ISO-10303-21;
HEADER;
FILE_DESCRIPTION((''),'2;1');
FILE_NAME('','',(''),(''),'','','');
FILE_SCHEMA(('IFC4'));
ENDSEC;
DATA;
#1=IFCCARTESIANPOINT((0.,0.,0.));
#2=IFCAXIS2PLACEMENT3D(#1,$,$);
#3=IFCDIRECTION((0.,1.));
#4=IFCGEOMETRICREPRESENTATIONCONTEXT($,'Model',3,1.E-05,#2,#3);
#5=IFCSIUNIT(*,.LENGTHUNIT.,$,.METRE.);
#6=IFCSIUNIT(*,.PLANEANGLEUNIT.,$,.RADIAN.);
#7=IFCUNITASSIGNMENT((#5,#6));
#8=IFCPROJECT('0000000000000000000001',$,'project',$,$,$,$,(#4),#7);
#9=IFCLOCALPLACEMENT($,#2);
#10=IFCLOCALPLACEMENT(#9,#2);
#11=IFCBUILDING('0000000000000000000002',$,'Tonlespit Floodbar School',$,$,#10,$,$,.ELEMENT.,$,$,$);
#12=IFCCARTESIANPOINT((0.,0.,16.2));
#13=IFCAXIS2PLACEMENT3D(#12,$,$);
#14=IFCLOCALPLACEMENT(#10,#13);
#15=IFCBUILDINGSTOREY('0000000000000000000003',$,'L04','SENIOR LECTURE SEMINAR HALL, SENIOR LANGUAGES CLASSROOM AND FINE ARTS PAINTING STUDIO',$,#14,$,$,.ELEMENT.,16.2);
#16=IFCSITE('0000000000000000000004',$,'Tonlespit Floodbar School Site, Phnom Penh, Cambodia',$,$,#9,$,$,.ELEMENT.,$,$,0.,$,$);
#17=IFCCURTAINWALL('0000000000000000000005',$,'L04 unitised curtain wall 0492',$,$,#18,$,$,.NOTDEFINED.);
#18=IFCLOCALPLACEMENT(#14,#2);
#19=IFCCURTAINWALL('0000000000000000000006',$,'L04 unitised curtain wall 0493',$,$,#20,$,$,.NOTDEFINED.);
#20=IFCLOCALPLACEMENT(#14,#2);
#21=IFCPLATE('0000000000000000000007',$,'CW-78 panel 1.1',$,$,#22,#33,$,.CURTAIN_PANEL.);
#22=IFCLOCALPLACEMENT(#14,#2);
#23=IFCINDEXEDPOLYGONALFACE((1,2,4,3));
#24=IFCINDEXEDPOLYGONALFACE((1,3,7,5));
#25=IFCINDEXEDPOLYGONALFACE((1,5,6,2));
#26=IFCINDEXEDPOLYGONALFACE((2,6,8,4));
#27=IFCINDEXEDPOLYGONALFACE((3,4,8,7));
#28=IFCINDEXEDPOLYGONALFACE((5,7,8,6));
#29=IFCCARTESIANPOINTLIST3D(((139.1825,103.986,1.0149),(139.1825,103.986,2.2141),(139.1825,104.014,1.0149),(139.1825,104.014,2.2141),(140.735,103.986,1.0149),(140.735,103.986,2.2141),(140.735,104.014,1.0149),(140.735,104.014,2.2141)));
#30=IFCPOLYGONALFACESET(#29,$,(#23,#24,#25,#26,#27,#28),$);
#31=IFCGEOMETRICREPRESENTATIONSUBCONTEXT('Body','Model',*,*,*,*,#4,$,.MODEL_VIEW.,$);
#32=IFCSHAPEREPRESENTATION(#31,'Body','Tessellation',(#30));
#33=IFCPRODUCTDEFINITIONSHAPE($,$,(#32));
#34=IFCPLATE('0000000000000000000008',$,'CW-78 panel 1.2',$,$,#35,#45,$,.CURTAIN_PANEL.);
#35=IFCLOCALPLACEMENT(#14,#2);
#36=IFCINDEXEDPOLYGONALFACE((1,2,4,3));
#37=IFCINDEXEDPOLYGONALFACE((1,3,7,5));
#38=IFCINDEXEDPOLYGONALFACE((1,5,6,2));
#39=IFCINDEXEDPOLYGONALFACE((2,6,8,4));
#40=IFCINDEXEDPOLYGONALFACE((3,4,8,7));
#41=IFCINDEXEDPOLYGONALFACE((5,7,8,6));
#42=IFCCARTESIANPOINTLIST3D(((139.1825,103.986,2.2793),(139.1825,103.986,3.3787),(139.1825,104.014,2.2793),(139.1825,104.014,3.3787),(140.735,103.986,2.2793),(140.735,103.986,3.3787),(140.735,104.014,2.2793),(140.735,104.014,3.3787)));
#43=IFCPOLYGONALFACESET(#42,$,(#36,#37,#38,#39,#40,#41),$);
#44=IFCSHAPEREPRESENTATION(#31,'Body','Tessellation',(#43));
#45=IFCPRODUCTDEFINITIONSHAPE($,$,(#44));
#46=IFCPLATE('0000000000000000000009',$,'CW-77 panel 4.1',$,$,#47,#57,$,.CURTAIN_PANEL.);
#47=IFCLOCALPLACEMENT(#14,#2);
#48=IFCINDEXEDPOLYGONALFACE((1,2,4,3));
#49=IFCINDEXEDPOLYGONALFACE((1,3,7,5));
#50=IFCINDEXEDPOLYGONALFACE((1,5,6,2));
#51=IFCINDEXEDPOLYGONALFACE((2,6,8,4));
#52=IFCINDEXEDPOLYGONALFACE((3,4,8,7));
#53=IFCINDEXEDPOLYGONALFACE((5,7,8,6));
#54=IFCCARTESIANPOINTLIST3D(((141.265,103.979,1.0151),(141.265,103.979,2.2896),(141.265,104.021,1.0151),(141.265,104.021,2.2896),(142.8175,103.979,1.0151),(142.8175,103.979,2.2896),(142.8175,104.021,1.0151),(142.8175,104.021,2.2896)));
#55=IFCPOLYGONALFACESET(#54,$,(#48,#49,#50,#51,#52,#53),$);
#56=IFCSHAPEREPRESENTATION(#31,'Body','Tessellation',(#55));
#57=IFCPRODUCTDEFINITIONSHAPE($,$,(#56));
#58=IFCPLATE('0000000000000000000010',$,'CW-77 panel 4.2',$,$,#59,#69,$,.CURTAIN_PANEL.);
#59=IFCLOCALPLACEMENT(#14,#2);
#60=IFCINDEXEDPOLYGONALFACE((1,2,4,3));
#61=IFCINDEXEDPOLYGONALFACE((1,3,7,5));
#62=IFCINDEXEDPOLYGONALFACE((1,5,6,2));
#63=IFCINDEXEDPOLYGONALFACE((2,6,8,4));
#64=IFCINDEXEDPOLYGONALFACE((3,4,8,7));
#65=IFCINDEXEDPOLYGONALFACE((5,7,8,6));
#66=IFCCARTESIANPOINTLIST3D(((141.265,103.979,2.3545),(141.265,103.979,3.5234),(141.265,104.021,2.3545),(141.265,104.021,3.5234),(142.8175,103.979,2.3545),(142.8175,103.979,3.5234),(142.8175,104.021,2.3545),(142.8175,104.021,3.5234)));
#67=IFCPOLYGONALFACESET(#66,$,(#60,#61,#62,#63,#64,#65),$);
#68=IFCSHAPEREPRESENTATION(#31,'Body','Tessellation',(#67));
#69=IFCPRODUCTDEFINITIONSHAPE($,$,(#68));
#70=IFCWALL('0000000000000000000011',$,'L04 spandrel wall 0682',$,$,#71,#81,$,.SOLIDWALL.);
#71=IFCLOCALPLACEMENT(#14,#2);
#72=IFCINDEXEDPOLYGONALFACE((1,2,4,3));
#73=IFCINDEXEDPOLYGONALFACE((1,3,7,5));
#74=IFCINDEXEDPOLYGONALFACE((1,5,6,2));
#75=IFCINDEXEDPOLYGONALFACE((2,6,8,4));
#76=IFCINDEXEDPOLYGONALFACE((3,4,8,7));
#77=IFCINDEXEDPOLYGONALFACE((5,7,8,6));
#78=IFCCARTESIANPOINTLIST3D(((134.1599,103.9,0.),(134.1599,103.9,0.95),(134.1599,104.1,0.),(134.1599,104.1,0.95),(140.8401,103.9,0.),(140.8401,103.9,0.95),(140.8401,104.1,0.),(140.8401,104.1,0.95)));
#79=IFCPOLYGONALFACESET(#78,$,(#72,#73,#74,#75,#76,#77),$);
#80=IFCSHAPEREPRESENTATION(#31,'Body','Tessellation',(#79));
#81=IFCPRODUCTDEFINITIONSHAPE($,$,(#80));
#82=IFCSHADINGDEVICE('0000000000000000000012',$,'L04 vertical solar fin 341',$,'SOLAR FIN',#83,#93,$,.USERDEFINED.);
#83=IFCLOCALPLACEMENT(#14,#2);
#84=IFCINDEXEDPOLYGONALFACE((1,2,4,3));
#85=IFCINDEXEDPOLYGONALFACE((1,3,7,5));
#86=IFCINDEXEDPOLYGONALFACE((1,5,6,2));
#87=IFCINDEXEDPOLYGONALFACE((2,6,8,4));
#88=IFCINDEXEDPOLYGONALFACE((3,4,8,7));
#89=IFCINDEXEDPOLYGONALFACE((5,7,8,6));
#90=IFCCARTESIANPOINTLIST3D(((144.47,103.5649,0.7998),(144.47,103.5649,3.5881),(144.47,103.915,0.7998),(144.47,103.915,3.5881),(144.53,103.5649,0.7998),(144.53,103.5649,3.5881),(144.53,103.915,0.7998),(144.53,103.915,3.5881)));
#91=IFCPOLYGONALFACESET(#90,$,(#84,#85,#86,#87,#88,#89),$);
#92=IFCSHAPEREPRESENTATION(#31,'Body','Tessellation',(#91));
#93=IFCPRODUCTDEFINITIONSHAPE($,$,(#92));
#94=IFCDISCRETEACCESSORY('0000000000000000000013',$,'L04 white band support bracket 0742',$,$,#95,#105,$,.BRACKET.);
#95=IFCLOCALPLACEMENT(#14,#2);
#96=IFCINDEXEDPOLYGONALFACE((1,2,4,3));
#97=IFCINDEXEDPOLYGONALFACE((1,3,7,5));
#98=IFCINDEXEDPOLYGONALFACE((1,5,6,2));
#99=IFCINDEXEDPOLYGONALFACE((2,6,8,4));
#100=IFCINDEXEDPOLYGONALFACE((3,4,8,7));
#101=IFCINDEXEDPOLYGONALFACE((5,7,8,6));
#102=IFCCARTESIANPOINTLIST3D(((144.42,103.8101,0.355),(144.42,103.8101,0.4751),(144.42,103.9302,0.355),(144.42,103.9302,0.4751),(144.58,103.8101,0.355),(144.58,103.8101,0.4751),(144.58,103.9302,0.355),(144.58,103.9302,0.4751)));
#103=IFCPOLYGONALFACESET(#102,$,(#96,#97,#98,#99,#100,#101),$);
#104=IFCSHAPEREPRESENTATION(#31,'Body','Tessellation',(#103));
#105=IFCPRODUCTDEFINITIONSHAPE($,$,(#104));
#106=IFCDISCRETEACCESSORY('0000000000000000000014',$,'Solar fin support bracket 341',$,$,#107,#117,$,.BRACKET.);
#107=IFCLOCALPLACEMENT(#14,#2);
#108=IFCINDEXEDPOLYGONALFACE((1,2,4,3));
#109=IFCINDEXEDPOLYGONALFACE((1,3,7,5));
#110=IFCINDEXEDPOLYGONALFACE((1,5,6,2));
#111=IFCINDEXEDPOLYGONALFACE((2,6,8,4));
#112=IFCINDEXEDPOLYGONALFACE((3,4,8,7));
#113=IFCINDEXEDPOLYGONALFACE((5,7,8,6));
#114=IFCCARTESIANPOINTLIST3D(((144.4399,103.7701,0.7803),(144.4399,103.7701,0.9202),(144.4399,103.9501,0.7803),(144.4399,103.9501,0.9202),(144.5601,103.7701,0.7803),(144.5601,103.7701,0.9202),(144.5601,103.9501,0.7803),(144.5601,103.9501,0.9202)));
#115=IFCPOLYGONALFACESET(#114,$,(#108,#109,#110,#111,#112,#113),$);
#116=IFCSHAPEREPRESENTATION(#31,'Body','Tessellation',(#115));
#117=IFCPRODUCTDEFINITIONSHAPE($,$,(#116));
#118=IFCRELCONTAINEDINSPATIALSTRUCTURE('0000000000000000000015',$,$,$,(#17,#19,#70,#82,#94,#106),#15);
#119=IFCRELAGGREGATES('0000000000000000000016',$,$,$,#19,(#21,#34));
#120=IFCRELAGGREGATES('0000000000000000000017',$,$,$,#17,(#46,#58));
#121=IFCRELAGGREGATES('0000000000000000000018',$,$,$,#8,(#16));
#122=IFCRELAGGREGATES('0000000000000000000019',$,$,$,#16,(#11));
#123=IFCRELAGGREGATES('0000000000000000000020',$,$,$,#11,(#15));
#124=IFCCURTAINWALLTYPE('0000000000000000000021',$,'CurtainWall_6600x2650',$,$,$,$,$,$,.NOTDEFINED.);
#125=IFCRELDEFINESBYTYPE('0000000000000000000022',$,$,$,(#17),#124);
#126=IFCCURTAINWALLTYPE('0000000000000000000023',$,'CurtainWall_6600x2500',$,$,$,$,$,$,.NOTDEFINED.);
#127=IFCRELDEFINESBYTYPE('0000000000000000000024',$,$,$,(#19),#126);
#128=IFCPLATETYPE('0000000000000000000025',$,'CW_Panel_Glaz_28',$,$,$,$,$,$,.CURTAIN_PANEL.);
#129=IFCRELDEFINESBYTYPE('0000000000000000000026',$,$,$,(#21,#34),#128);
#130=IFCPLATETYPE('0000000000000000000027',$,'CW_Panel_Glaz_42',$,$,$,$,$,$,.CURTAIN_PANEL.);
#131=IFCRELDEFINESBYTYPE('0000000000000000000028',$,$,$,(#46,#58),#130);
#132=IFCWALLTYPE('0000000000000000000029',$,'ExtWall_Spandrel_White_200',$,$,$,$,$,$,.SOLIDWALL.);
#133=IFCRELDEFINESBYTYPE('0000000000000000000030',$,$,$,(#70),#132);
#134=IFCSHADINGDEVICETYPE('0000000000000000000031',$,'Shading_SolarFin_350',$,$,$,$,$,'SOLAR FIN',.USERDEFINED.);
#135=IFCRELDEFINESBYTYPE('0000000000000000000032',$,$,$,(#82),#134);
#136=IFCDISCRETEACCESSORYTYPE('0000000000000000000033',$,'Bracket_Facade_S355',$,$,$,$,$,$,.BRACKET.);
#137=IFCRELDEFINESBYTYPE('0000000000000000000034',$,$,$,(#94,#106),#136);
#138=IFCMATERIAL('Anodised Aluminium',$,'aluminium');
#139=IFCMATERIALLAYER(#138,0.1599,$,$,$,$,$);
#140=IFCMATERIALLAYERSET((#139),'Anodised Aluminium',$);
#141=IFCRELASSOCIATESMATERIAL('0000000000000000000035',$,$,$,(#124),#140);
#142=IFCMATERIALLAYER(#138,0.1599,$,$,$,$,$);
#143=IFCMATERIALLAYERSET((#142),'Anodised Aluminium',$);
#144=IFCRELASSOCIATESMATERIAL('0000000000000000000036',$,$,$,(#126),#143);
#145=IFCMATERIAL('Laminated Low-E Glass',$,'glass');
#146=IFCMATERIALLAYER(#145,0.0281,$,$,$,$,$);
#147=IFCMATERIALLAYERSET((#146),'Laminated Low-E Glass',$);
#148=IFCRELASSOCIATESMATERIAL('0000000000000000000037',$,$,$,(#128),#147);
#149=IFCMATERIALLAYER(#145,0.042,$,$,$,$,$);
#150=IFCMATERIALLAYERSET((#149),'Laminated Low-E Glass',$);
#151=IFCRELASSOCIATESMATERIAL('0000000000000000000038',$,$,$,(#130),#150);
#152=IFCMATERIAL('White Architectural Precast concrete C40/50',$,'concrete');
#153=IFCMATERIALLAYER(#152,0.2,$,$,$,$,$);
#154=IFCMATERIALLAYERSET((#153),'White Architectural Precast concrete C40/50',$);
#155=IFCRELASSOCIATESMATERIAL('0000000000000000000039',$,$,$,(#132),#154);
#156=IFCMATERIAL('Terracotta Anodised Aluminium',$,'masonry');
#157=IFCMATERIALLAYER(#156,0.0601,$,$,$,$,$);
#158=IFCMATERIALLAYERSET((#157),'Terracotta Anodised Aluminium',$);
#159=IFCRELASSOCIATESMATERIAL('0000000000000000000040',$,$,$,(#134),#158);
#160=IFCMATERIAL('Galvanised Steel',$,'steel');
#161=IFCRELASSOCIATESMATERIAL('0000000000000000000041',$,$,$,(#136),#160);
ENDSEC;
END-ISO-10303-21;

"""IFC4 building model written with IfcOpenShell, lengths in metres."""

from ifc_helpers import new_model, si_unit, direction, frame, frame_2d, origin, origin_2d, place, context, subcontext, project, spatial, rectangle, extrude, material, layer, layer_set, type_object, element, aggregate, save


model = new_model("IFC4")

# Units and contexts
model_context = context("Model", 3, precision=1e-05, world=origin(), true_north=direction((0.0, 1.0)))
body_context = subcontext(model_context, "Body", "Model", "MODEL_VIEW")
ifc_project = project(units=[si_unit("LENGTHUNIT", "METRE"), si_unit("PLANEANGLEUNIT", "RADIAN")], contexts=[model_context])

# Site, building, storey
site_placement = place(None, origin())
site = spatial("IfcSite", under=ifc_project, at=site_placement, Name="Tonlespit Floodbar School Site, Phnom Penh, Cambodia", CompositionType="ELEMENT", RefElevation=0.0)
building_placement = place(site_placement, origin())
building = spatial("IfcBuilding", under=site, at=building_placement, Name="Tonlespit Floodbar School", CompositionType="ELEMENT")
storey_placement = place(building_placement, frame((0.0, 0.0, 16.2)))
storey = spatial("IfcBuildingStorey", under=building, at=storey_placement, Name="L04", Description="SENIOR LECTURE SEMINAR HALL, SENIOR LANGUAGES CLASSROOM AND FINE ARTS PAINTING STUDIO", CompositionType="ELEMENT", Elevation=16.2)

# Curtain wall
ifc_material_1 = material(Name="Anodised Aluminium", Category="aluminium")
ifc_layer_1 = layer(ifc_material_1, 0.1599)
ifc_layer_set_1 = layer_set([ifc_layer_1], Name="Anodised Aluminium")
curtain_wall_type_1 = type_object("IfcCurtainWallType", Name="CurtainWall_6600x2650", PredefinedType="NOTDEFINED", material=ifc_layer_set_1)
curtain_wall_1_placement = place(storey_placement, origin())
curtain_wall_1 = element("IfcCurtainWall", 1, at=curtain_wall_1_placement, inside=storey, type_object=curtain_wall_type_1, Name="L04 unitised curtain wall 0492", PredefinedType="NOTDEFINED")

# Curtain wall
ifc_layer_2 = layer(ifc_material_1, 0.1599)
ifc_layer_set_2 = layer_set([ifc_layer_2], Name="Anodised Aluminium")
curtain_wall_type_2 = type_object("IfcCurtainWallType", Name="CurtainWall_6600x2500", PredefinedType="NOTDEFINED", material=ifc_layer_set_2)
curtain_wall_2_placement = place(storey_placement, origin())
curtain_wall_2 = element("IfcCurtainWall", 2, at=curtain_wall_2_placement, inside=storey, type_object=curtain_wall_type_2, Name="L04 unitised curtain wall 0493", PredefinedType="NOTDEFINED")

# Plates
ifc_material_2 = material(Name="Laminated Low-E Glass", Category="glass")
ifc_layer_3 = layer(ifc_material_2, 0.0281)
ifc_layer_set_3 = layer_set([ifc_layer_3], Name="Laminated Low-E Glass")
plate_type_1 = type_object("IfcPlateType", Name="CW_Panel_Glaz_28", PredefinedType="CURTAIN_PANEL", material=ifc_layer_set_3)
plate_1_placement = place(storey_placement, frame((139.9587, 104.0, 1.0149), z_axis=(0.0, 0.0, 1.0), x_axis=(-1.0, 0.0, 0.0)))
plate_1 = element("IfcPlate", 3, at=plate_1_placement, type_object=plate_type_1, Name="CW-78 panel 1.1", PredefinedType="CURTAIN_PANEL", context=body_context, shape_type="SweptSolid", body=[
    extrude(rectangle(XDim=1.5525, YDim=0.0281, at=origin_2d()), origin(), (0.0, 0.0, 1.0), 1.1992),
])
plate_2_placement = place(storey_placement, frame((139.9587, 104.0, 2.2793), z_axis=(0.0, 0.0, 1.0), x_axis=(-1.0, 0.0, 0.0)))
plate_2 = element("IfcPlate", 4, at=plate_2_placement, type_object=plate_type_1, Name="CW-78 panel 1.2", PredefinedType="CURTAIN_PANEL", context=body_context, shape_type="SweptSolid", body=[
    extrude(rectangle(XDim=1.5525, YDim=0.0281, at=origin_2d()), origin(), (0.0, 0.0, 1.0), 1.0994),
])
aggregate(curtain_wall_2, [plate_1, plate_2])
ifc_layer_4 = layer(ifc_material_2, 0.042)
ifc_layer_set_4 = layer_set([ifc_layer_4], Name="Laminated Low-E Glass")
plate_type_2 = type_object("IfcPlateType", Name="CW_Panel_Glaz_42", PredefinedType="CURTAIN_PANEL", material=ifc_layer_set_4)
plate_3_placement = place(storey_placement, frame((142.0413, 104.0, 1.0151), z_axis=(0.0, 0.0, 1.0), x_axis=(-1.0, 0.0, 0.0)))
plate_3 = element("IfcPlate", 5, at=plate_3_placement, type_object=plate_type_2, Name="CW-77 panel 4.1", PredefinedType="CURTAIN_PANEL", context=body_context, shape_type="SweptSolid", body=[
    extrude(rectangle(XDim=1.5525, YDim=0.042, at=origin_2d()), origin(), (0.0, 0.0, 1.0), 1.2744),
])
plate_4_placement = place(storey_placement, frame((142.0413, 104.0, 2.3545), z_axis=(0.0, 0.0, 1.0), x_axis=(-1.0, 0.0, 0.0)))
plate_4 = element("IfcPlate", 6, at=plate_4_placement, type_object=plate_type_2, Name="CW-77 panel 4.2", PredefinedType="CURTAIN_PANEL", context=body_context, shape_type="SweptSolid", body=[
    extrude(rectangle(XDim=1.5525, YDim=0.042, at=origin_2d()), origin(), (0.0, 0.0, 1.0), 1.1689),
])
aggregate(curtain_wall_1, [plate_3, plate_4])

# Wall
ifc_material_3 = material(Name="White Architectural Precast concrete C40/50", Category="concrete")
ifc_layer_5 = layer(ifc_material_3, 0.2)
ifc_layer_set_5 = layer_set([ifc_layer_5], Name="White Architectural Precast concrete C40/50")
wall_type = type_object("IfcWallType", Name="ExtWall_Spandrel_White_200", PredefinedType="SOLIDWALL", material=ifc_layer_set_5)
wall_placement = place(storey_placement, frame((140.8401, 104.0, 0.0), z_axis=(0.0, 0.0, 1.0), x_axis=(-1.0, 0.0, 0.0)))
element("IfcWall", 7, at=wall_placement, inside=storey, type_object=wall_type, Name="L04 spandrel wall 0682", PredefinedType="SOLIDWALL", context=body_context, shape_type="SweptSolid", body=[
    extrude(rectangle(XDim=6.6802, YDim=0.2, at=frame_2d((3.3401, 0.0))), origin(), (0.0, 0.0, 1.0), 0.95),
])

# Shading device
ifc_material_4 = material(Name="Terracotta Anodised Aluminium", Category="masonry")
ifc_layer_6 = layer(ifc_material_4, 0.0601)
ifc_layer_set_6 = layer_set([ifc_layer_6], Name="Terracotta Anodised Aluminium")
shading_device_type = type_object("IfcShadingDeviceType", Name="Shading_SolarFin_350", ElementType="SOLAR FIN", PredefinedType="USERDEFINED", material=ifc_layer_set_6)
shading_device_placement = place(storey_placement, frame((144.5, 103.74, 0.7998), z_axis=(0.0, 0.0, 1.0), x_axis=(-1.0, 0.0, 0.0)))
element("IfcShadingDevice", 8, at=shading_device_placement, inside=storey, type_object=shading_device_type, Name="L04 vertical solar fin 341", ObjectType="SOLAR FIN", PredefinedType="USERDEFINED", context=body_context, shape_type="SweptSolid", body=[
    extrude(rectangle(XDim=0.0601, YDim=0.3501, at=origin_2d()), origin(), (0.0, 0.0, 1.0), 2.7883),
])

# Discrete accessories
ifc_material_5 = material(Name="Galvanised Steel", Category="steel")
discrete_accessory_type = type_object("IfcDiscreteAccessoryType", Name="Bracket_Facade_S355", PredefinedType="BRACKET", material=ifc_material_5)
discrete_accessory_1_placement = place(storey_placement, frame((144.5, 103.8701, 0.355), z_axis=(0.0, 0.0, 1.0), x_axis=(-1.0, 0.0, 0.0)))
element("IfcDiscreteAccessory", 9, at=discrete_accessory_1_placement, inside=storey, type_object=discrete_accessory_type, Name="L04 white band support bracket 0742", PredefinedType="BRACKET", context=body_context, shape_type="SweptSolid", body=[
    extrude(rectangle(XDim=0.1599, YDim=0.1201, at=origin_2d()), origin(), (0.0, 0.0, 1.0), 0.1201),
])
discrete_accessory_2_placement = place(storey_placement, frame((144.5, 103.8601, 0.7803), z_axis=(0.0, 0.0, 1.0), x_axis=(-1.0, 0.0, 0.0)))
element("IfcDiscreteAccessory", 10, at=discrete_accessory_2_placement, inside=storey, type_object=discrete_accessory_type, Name="Solar fin support bracket 341", PredefinedType="BRACKET", context=body_context, shape_type="SweptSolid", body=[
    extrude(rectangle(XDim=0.1201, YDim=0.1799, at=origin_2d()), origin(), (0.0, 0.0, 1.0), 0.1399),
])

save(model, "model.ifc")
